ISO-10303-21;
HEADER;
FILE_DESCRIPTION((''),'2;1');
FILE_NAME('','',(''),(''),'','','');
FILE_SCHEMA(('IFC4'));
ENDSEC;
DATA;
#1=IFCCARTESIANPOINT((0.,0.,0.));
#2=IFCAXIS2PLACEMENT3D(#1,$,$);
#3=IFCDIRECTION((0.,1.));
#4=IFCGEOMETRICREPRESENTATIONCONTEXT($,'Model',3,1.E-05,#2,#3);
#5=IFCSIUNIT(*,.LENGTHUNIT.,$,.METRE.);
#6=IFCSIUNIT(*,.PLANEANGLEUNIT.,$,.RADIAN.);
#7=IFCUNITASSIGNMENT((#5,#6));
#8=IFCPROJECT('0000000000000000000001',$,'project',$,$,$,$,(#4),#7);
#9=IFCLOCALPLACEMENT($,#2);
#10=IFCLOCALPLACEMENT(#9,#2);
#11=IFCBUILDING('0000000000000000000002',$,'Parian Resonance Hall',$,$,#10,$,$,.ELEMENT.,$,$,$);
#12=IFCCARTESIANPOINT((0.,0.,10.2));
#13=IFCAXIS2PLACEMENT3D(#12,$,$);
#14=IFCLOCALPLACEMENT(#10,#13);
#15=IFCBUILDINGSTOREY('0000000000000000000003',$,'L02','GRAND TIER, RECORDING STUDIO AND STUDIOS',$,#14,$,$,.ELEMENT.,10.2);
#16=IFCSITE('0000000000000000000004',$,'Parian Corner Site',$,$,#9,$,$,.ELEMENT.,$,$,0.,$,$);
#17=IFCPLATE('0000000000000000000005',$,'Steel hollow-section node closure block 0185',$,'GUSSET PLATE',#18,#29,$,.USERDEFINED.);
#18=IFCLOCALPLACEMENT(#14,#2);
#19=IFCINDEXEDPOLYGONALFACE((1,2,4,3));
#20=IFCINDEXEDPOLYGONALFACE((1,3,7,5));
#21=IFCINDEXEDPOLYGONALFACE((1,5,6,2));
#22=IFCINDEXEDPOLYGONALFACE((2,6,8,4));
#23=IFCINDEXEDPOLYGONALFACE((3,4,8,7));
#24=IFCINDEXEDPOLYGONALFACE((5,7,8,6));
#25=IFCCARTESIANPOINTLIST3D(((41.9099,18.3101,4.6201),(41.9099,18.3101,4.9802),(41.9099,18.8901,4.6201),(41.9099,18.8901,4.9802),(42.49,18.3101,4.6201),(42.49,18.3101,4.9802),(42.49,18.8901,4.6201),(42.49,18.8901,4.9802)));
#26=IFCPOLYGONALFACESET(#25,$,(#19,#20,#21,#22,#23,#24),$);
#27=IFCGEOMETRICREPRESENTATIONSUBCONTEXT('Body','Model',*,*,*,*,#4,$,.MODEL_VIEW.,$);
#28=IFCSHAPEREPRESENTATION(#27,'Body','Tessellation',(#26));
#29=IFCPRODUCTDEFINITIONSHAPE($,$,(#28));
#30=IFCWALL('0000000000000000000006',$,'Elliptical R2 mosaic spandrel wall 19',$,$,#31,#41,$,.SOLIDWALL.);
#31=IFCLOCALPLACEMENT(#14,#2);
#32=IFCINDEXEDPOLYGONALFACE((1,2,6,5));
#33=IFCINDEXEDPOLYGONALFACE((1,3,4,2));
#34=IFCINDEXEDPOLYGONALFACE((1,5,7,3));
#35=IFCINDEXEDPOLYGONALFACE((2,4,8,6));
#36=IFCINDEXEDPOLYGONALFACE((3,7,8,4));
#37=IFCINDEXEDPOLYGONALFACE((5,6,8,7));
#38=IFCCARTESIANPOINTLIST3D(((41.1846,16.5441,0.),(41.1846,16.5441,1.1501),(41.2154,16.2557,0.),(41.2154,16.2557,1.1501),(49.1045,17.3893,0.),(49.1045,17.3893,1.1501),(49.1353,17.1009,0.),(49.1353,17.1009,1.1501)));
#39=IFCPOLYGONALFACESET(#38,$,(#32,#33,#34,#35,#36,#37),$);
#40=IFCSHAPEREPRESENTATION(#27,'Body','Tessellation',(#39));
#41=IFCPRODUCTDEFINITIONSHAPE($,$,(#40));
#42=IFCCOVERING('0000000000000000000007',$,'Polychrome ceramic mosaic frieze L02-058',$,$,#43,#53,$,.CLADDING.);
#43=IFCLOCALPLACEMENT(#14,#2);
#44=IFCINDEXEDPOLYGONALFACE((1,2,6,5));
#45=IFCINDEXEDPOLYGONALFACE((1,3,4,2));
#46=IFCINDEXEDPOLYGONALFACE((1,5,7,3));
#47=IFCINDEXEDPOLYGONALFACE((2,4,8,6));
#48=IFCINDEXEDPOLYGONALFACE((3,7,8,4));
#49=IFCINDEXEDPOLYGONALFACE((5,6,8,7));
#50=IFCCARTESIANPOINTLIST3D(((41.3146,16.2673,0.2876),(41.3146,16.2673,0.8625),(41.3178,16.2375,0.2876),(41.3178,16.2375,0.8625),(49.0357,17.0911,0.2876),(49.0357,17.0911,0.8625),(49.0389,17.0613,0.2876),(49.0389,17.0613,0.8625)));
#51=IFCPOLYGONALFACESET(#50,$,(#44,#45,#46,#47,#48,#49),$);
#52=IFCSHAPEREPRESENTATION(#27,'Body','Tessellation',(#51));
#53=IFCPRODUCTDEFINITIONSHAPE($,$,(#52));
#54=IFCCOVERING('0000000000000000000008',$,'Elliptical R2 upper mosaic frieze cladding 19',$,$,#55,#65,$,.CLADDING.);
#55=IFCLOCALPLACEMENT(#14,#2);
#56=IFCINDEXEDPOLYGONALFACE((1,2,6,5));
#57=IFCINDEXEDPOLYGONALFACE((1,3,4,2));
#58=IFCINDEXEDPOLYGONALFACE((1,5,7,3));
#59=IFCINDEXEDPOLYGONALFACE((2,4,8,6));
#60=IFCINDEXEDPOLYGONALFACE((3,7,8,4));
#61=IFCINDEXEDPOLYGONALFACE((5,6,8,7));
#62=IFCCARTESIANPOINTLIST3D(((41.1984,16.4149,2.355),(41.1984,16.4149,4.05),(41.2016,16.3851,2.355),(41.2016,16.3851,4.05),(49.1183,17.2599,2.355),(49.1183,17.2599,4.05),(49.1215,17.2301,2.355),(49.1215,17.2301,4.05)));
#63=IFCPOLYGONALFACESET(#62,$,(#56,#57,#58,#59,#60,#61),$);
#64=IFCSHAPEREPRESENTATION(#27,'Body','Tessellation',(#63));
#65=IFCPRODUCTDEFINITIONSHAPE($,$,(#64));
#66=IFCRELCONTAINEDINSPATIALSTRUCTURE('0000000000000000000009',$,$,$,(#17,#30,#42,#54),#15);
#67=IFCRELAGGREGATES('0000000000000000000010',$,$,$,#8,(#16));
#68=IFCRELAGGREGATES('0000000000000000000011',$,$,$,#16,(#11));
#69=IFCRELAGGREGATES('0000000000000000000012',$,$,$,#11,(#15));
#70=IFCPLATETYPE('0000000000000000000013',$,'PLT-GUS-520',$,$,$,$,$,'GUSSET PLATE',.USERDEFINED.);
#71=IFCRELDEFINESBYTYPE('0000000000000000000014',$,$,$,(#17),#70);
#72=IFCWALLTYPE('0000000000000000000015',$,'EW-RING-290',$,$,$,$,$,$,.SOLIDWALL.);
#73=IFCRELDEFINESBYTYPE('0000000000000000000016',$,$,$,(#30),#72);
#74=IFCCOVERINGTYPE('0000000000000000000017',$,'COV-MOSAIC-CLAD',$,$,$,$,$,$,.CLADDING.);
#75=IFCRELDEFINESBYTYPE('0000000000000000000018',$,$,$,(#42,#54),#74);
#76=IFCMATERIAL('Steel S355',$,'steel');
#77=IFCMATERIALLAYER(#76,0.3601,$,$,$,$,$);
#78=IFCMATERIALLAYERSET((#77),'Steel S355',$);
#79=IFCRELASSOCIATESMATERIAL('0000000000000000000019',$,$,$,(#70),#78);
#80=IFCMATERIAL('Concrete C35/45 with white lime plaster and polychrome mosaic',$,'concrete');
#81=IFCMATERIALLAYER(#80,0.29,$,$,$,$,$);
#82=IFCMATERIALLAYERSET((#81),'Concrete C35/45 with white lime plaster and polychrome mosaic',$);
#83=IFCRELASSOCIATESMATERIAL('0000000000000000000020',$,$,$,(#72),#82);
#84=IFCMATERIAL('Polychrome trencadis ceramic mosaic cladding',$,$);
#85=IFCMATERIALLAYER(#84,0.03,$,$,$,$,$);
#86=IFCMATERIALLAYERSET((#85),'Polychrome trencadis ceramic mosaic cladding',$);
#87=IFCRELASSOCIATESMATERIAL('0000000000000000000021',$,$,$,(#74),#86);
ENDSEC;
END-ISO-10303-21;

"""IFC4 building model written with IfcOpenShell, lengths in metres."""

from ifc_helpers import new_model, si_unit, direction, frame, frame_2d, origin, origin_2d, place, context, subcontext, project, spatial, rectangle, extrude, material, layer, layer_set, type_object, element, save


model = new_model("IFC4")

# Units and contexts
model_context = context("Model", 3, precision=1e-05, world=origin(), true_north=direction((0.0, 1.0)))
body_context = subcontext(model_context, "Body", "Model", "MODEL_VIEW")
ifc_project = project(units=[si_unit("LENGTHUNIT", "METRE"), si_unit("PLANEANGLEUNIT", "RADIAN")], contexts=[model_context])

# Site, building, storey
site_placement = place(None, origin())
site = spatial("IfcSite", under=ifc_project, at=site_placement, Name="Parian Corner Site", CompositionType="ELEMENT", RefElevation=0.0)
building_placement = place(site_placement, origin())
building = spatial("IfcBuilding", under=site, at=building_placement, Name="Parian Resonance Hall", CompositionType="ELEMENT")
storey_placement = place(building_placement, frame((0.0, 0.0, 10.2)))
storey = spatial("IfcBuildingStorey", under=building, at=storey_placement, Name="L02", Description="GRAND TIER, RECORDING STUDIO AND STUDIOS", CompositionType="ELEMENT", Elevation=10.2)

# Plate
ifc_material_1 = material(Name="Steel S355", Category="steel")
ifc_layer_1 = layer(ifc_material_1, 0.3601)
ifc_layer_set_1 = layer_set([ifc_layer_1], Name="Steel S355")
plate_type_1 = type_object("IfcPlateType", Name="PLT-GUS-520", ElementType="GUSSET PLATE", PredefinedType="USERDEFINED", material=ifc_layer_set_1)
plate_1_placement = place(storey_placement, frame((42.2, 18.6001, 4.6201), z_axis=(0.0, 0.0, 1.0), x_axis=(1.0, 0.0, 0.0)))
element("IfcPlate", 1, at=plate_1_placement, inside=storey, type_object=plate_type_1, Name="Steel hollow-section node closure block 0185", ObjectType="GUSSET PLATE", PredefinedType="USERDEFINED", context=body_context, shape_type="SweptSolid", body=[
    extrude(rectangle(XDim=0.5801, YDim=0.5801, at=origin_2d()), origin(), (0.0, 0.0, 1.0), 0.3601),
])

# Wall
ifc_material_2 = material(Name="Concrete C35/45 with white lime plaster and polychrome mosaic", Category="concrete")
ifc_layer_2 = layer(ifc_material_2, 0.29)
ifc_layer_set_2 = layer_set([ifc_layer_2], Name="Concrete C35/45 with white lime plaster and polychrome mosaic")
wall_type = type_object("IfcWallType", Name="EW-RING-290", PredefinedType="SOLIDWALL", material=ifc_layer_set_2)
wall_placement = place(storey_placement, frame((49.1199, 17.2451, 0.0), z_axis=(0.0, 0.0, 1.0), x_axis=(-0.994354, -0.106118, 0.0)))
element("IfcWall", 2, at=wall_placement, inside=storey, type_object=wall_type, Name="Elliptical R2 mosaic spandrel wall 19", PredefinedType="SOLIDWALL", context=body_context, shape_type="SweptSolid", body=[
    extrude(rectangle(XDim=7.9648, YDim=0.29, at=frame_2d((3.9824, 0.0))), origin(), (0.0, 0.0, 1.0), 1.1501),
])

# Coverings
ifc_material_3 = material(Name="Polychrome trencadis ceramic mosaic cladding")
ifc_layer_3 = layer(ifc_material_3, 0.03)
ifc_layer_set_3 = layer_set([ifc_layer_3], Name="Polychrome trencadis ceramic mosaic cladding")
covering_type = type_object("IfcCoveringType", Name="COV-MOSAIC-CLAD", PredefinedType="CLADDING", material=ifc_layer_set_3)
covering_1_placement = place(storey_placement, frame((45.1768, 16.6643, 0.2876), z_axis=(0.0, 0.0, 1.0), x_axis=(-0.994356, -0.106091, 0.0)))
element("IfcCovering", 3, at=covering_1_placement, inside=storey, type_object=covering_type, Name="Polychrome ceramic mosaic frieze L02-058", PredefinedType="CLADDING", context=body_context, shape_type="SweptSolid", body=[
    extrude(rectangle(XDim=7.7649, YDim=0.03, at=origin_2d()), origin(), (0.0, 0.0, 1.0), 0.575),
])
covering_2_placement = place(storey_placement, frame((45.1599, 16.8225, 2.355), z_axis=(0.0, 0.0, 1.0), x_axis=(-0.994356, -0.106091, 0.0)))
element("IfcCovering", 4, at=covering_2_placement, inside=storey, type_object=covering_type, Name="Elliptical R2 upper mosaic frieze cladding 19", PredefinedType="CLADDING", context=body_context, shape_type="SweptSolid", body=[
    extrude(rectangle(XDim=7.9648, YDim=0.03, at=origin_2d()), origin(), (0.0, 0.0, 1.0), 1.6951),
])

save(model, "model.ifc")
